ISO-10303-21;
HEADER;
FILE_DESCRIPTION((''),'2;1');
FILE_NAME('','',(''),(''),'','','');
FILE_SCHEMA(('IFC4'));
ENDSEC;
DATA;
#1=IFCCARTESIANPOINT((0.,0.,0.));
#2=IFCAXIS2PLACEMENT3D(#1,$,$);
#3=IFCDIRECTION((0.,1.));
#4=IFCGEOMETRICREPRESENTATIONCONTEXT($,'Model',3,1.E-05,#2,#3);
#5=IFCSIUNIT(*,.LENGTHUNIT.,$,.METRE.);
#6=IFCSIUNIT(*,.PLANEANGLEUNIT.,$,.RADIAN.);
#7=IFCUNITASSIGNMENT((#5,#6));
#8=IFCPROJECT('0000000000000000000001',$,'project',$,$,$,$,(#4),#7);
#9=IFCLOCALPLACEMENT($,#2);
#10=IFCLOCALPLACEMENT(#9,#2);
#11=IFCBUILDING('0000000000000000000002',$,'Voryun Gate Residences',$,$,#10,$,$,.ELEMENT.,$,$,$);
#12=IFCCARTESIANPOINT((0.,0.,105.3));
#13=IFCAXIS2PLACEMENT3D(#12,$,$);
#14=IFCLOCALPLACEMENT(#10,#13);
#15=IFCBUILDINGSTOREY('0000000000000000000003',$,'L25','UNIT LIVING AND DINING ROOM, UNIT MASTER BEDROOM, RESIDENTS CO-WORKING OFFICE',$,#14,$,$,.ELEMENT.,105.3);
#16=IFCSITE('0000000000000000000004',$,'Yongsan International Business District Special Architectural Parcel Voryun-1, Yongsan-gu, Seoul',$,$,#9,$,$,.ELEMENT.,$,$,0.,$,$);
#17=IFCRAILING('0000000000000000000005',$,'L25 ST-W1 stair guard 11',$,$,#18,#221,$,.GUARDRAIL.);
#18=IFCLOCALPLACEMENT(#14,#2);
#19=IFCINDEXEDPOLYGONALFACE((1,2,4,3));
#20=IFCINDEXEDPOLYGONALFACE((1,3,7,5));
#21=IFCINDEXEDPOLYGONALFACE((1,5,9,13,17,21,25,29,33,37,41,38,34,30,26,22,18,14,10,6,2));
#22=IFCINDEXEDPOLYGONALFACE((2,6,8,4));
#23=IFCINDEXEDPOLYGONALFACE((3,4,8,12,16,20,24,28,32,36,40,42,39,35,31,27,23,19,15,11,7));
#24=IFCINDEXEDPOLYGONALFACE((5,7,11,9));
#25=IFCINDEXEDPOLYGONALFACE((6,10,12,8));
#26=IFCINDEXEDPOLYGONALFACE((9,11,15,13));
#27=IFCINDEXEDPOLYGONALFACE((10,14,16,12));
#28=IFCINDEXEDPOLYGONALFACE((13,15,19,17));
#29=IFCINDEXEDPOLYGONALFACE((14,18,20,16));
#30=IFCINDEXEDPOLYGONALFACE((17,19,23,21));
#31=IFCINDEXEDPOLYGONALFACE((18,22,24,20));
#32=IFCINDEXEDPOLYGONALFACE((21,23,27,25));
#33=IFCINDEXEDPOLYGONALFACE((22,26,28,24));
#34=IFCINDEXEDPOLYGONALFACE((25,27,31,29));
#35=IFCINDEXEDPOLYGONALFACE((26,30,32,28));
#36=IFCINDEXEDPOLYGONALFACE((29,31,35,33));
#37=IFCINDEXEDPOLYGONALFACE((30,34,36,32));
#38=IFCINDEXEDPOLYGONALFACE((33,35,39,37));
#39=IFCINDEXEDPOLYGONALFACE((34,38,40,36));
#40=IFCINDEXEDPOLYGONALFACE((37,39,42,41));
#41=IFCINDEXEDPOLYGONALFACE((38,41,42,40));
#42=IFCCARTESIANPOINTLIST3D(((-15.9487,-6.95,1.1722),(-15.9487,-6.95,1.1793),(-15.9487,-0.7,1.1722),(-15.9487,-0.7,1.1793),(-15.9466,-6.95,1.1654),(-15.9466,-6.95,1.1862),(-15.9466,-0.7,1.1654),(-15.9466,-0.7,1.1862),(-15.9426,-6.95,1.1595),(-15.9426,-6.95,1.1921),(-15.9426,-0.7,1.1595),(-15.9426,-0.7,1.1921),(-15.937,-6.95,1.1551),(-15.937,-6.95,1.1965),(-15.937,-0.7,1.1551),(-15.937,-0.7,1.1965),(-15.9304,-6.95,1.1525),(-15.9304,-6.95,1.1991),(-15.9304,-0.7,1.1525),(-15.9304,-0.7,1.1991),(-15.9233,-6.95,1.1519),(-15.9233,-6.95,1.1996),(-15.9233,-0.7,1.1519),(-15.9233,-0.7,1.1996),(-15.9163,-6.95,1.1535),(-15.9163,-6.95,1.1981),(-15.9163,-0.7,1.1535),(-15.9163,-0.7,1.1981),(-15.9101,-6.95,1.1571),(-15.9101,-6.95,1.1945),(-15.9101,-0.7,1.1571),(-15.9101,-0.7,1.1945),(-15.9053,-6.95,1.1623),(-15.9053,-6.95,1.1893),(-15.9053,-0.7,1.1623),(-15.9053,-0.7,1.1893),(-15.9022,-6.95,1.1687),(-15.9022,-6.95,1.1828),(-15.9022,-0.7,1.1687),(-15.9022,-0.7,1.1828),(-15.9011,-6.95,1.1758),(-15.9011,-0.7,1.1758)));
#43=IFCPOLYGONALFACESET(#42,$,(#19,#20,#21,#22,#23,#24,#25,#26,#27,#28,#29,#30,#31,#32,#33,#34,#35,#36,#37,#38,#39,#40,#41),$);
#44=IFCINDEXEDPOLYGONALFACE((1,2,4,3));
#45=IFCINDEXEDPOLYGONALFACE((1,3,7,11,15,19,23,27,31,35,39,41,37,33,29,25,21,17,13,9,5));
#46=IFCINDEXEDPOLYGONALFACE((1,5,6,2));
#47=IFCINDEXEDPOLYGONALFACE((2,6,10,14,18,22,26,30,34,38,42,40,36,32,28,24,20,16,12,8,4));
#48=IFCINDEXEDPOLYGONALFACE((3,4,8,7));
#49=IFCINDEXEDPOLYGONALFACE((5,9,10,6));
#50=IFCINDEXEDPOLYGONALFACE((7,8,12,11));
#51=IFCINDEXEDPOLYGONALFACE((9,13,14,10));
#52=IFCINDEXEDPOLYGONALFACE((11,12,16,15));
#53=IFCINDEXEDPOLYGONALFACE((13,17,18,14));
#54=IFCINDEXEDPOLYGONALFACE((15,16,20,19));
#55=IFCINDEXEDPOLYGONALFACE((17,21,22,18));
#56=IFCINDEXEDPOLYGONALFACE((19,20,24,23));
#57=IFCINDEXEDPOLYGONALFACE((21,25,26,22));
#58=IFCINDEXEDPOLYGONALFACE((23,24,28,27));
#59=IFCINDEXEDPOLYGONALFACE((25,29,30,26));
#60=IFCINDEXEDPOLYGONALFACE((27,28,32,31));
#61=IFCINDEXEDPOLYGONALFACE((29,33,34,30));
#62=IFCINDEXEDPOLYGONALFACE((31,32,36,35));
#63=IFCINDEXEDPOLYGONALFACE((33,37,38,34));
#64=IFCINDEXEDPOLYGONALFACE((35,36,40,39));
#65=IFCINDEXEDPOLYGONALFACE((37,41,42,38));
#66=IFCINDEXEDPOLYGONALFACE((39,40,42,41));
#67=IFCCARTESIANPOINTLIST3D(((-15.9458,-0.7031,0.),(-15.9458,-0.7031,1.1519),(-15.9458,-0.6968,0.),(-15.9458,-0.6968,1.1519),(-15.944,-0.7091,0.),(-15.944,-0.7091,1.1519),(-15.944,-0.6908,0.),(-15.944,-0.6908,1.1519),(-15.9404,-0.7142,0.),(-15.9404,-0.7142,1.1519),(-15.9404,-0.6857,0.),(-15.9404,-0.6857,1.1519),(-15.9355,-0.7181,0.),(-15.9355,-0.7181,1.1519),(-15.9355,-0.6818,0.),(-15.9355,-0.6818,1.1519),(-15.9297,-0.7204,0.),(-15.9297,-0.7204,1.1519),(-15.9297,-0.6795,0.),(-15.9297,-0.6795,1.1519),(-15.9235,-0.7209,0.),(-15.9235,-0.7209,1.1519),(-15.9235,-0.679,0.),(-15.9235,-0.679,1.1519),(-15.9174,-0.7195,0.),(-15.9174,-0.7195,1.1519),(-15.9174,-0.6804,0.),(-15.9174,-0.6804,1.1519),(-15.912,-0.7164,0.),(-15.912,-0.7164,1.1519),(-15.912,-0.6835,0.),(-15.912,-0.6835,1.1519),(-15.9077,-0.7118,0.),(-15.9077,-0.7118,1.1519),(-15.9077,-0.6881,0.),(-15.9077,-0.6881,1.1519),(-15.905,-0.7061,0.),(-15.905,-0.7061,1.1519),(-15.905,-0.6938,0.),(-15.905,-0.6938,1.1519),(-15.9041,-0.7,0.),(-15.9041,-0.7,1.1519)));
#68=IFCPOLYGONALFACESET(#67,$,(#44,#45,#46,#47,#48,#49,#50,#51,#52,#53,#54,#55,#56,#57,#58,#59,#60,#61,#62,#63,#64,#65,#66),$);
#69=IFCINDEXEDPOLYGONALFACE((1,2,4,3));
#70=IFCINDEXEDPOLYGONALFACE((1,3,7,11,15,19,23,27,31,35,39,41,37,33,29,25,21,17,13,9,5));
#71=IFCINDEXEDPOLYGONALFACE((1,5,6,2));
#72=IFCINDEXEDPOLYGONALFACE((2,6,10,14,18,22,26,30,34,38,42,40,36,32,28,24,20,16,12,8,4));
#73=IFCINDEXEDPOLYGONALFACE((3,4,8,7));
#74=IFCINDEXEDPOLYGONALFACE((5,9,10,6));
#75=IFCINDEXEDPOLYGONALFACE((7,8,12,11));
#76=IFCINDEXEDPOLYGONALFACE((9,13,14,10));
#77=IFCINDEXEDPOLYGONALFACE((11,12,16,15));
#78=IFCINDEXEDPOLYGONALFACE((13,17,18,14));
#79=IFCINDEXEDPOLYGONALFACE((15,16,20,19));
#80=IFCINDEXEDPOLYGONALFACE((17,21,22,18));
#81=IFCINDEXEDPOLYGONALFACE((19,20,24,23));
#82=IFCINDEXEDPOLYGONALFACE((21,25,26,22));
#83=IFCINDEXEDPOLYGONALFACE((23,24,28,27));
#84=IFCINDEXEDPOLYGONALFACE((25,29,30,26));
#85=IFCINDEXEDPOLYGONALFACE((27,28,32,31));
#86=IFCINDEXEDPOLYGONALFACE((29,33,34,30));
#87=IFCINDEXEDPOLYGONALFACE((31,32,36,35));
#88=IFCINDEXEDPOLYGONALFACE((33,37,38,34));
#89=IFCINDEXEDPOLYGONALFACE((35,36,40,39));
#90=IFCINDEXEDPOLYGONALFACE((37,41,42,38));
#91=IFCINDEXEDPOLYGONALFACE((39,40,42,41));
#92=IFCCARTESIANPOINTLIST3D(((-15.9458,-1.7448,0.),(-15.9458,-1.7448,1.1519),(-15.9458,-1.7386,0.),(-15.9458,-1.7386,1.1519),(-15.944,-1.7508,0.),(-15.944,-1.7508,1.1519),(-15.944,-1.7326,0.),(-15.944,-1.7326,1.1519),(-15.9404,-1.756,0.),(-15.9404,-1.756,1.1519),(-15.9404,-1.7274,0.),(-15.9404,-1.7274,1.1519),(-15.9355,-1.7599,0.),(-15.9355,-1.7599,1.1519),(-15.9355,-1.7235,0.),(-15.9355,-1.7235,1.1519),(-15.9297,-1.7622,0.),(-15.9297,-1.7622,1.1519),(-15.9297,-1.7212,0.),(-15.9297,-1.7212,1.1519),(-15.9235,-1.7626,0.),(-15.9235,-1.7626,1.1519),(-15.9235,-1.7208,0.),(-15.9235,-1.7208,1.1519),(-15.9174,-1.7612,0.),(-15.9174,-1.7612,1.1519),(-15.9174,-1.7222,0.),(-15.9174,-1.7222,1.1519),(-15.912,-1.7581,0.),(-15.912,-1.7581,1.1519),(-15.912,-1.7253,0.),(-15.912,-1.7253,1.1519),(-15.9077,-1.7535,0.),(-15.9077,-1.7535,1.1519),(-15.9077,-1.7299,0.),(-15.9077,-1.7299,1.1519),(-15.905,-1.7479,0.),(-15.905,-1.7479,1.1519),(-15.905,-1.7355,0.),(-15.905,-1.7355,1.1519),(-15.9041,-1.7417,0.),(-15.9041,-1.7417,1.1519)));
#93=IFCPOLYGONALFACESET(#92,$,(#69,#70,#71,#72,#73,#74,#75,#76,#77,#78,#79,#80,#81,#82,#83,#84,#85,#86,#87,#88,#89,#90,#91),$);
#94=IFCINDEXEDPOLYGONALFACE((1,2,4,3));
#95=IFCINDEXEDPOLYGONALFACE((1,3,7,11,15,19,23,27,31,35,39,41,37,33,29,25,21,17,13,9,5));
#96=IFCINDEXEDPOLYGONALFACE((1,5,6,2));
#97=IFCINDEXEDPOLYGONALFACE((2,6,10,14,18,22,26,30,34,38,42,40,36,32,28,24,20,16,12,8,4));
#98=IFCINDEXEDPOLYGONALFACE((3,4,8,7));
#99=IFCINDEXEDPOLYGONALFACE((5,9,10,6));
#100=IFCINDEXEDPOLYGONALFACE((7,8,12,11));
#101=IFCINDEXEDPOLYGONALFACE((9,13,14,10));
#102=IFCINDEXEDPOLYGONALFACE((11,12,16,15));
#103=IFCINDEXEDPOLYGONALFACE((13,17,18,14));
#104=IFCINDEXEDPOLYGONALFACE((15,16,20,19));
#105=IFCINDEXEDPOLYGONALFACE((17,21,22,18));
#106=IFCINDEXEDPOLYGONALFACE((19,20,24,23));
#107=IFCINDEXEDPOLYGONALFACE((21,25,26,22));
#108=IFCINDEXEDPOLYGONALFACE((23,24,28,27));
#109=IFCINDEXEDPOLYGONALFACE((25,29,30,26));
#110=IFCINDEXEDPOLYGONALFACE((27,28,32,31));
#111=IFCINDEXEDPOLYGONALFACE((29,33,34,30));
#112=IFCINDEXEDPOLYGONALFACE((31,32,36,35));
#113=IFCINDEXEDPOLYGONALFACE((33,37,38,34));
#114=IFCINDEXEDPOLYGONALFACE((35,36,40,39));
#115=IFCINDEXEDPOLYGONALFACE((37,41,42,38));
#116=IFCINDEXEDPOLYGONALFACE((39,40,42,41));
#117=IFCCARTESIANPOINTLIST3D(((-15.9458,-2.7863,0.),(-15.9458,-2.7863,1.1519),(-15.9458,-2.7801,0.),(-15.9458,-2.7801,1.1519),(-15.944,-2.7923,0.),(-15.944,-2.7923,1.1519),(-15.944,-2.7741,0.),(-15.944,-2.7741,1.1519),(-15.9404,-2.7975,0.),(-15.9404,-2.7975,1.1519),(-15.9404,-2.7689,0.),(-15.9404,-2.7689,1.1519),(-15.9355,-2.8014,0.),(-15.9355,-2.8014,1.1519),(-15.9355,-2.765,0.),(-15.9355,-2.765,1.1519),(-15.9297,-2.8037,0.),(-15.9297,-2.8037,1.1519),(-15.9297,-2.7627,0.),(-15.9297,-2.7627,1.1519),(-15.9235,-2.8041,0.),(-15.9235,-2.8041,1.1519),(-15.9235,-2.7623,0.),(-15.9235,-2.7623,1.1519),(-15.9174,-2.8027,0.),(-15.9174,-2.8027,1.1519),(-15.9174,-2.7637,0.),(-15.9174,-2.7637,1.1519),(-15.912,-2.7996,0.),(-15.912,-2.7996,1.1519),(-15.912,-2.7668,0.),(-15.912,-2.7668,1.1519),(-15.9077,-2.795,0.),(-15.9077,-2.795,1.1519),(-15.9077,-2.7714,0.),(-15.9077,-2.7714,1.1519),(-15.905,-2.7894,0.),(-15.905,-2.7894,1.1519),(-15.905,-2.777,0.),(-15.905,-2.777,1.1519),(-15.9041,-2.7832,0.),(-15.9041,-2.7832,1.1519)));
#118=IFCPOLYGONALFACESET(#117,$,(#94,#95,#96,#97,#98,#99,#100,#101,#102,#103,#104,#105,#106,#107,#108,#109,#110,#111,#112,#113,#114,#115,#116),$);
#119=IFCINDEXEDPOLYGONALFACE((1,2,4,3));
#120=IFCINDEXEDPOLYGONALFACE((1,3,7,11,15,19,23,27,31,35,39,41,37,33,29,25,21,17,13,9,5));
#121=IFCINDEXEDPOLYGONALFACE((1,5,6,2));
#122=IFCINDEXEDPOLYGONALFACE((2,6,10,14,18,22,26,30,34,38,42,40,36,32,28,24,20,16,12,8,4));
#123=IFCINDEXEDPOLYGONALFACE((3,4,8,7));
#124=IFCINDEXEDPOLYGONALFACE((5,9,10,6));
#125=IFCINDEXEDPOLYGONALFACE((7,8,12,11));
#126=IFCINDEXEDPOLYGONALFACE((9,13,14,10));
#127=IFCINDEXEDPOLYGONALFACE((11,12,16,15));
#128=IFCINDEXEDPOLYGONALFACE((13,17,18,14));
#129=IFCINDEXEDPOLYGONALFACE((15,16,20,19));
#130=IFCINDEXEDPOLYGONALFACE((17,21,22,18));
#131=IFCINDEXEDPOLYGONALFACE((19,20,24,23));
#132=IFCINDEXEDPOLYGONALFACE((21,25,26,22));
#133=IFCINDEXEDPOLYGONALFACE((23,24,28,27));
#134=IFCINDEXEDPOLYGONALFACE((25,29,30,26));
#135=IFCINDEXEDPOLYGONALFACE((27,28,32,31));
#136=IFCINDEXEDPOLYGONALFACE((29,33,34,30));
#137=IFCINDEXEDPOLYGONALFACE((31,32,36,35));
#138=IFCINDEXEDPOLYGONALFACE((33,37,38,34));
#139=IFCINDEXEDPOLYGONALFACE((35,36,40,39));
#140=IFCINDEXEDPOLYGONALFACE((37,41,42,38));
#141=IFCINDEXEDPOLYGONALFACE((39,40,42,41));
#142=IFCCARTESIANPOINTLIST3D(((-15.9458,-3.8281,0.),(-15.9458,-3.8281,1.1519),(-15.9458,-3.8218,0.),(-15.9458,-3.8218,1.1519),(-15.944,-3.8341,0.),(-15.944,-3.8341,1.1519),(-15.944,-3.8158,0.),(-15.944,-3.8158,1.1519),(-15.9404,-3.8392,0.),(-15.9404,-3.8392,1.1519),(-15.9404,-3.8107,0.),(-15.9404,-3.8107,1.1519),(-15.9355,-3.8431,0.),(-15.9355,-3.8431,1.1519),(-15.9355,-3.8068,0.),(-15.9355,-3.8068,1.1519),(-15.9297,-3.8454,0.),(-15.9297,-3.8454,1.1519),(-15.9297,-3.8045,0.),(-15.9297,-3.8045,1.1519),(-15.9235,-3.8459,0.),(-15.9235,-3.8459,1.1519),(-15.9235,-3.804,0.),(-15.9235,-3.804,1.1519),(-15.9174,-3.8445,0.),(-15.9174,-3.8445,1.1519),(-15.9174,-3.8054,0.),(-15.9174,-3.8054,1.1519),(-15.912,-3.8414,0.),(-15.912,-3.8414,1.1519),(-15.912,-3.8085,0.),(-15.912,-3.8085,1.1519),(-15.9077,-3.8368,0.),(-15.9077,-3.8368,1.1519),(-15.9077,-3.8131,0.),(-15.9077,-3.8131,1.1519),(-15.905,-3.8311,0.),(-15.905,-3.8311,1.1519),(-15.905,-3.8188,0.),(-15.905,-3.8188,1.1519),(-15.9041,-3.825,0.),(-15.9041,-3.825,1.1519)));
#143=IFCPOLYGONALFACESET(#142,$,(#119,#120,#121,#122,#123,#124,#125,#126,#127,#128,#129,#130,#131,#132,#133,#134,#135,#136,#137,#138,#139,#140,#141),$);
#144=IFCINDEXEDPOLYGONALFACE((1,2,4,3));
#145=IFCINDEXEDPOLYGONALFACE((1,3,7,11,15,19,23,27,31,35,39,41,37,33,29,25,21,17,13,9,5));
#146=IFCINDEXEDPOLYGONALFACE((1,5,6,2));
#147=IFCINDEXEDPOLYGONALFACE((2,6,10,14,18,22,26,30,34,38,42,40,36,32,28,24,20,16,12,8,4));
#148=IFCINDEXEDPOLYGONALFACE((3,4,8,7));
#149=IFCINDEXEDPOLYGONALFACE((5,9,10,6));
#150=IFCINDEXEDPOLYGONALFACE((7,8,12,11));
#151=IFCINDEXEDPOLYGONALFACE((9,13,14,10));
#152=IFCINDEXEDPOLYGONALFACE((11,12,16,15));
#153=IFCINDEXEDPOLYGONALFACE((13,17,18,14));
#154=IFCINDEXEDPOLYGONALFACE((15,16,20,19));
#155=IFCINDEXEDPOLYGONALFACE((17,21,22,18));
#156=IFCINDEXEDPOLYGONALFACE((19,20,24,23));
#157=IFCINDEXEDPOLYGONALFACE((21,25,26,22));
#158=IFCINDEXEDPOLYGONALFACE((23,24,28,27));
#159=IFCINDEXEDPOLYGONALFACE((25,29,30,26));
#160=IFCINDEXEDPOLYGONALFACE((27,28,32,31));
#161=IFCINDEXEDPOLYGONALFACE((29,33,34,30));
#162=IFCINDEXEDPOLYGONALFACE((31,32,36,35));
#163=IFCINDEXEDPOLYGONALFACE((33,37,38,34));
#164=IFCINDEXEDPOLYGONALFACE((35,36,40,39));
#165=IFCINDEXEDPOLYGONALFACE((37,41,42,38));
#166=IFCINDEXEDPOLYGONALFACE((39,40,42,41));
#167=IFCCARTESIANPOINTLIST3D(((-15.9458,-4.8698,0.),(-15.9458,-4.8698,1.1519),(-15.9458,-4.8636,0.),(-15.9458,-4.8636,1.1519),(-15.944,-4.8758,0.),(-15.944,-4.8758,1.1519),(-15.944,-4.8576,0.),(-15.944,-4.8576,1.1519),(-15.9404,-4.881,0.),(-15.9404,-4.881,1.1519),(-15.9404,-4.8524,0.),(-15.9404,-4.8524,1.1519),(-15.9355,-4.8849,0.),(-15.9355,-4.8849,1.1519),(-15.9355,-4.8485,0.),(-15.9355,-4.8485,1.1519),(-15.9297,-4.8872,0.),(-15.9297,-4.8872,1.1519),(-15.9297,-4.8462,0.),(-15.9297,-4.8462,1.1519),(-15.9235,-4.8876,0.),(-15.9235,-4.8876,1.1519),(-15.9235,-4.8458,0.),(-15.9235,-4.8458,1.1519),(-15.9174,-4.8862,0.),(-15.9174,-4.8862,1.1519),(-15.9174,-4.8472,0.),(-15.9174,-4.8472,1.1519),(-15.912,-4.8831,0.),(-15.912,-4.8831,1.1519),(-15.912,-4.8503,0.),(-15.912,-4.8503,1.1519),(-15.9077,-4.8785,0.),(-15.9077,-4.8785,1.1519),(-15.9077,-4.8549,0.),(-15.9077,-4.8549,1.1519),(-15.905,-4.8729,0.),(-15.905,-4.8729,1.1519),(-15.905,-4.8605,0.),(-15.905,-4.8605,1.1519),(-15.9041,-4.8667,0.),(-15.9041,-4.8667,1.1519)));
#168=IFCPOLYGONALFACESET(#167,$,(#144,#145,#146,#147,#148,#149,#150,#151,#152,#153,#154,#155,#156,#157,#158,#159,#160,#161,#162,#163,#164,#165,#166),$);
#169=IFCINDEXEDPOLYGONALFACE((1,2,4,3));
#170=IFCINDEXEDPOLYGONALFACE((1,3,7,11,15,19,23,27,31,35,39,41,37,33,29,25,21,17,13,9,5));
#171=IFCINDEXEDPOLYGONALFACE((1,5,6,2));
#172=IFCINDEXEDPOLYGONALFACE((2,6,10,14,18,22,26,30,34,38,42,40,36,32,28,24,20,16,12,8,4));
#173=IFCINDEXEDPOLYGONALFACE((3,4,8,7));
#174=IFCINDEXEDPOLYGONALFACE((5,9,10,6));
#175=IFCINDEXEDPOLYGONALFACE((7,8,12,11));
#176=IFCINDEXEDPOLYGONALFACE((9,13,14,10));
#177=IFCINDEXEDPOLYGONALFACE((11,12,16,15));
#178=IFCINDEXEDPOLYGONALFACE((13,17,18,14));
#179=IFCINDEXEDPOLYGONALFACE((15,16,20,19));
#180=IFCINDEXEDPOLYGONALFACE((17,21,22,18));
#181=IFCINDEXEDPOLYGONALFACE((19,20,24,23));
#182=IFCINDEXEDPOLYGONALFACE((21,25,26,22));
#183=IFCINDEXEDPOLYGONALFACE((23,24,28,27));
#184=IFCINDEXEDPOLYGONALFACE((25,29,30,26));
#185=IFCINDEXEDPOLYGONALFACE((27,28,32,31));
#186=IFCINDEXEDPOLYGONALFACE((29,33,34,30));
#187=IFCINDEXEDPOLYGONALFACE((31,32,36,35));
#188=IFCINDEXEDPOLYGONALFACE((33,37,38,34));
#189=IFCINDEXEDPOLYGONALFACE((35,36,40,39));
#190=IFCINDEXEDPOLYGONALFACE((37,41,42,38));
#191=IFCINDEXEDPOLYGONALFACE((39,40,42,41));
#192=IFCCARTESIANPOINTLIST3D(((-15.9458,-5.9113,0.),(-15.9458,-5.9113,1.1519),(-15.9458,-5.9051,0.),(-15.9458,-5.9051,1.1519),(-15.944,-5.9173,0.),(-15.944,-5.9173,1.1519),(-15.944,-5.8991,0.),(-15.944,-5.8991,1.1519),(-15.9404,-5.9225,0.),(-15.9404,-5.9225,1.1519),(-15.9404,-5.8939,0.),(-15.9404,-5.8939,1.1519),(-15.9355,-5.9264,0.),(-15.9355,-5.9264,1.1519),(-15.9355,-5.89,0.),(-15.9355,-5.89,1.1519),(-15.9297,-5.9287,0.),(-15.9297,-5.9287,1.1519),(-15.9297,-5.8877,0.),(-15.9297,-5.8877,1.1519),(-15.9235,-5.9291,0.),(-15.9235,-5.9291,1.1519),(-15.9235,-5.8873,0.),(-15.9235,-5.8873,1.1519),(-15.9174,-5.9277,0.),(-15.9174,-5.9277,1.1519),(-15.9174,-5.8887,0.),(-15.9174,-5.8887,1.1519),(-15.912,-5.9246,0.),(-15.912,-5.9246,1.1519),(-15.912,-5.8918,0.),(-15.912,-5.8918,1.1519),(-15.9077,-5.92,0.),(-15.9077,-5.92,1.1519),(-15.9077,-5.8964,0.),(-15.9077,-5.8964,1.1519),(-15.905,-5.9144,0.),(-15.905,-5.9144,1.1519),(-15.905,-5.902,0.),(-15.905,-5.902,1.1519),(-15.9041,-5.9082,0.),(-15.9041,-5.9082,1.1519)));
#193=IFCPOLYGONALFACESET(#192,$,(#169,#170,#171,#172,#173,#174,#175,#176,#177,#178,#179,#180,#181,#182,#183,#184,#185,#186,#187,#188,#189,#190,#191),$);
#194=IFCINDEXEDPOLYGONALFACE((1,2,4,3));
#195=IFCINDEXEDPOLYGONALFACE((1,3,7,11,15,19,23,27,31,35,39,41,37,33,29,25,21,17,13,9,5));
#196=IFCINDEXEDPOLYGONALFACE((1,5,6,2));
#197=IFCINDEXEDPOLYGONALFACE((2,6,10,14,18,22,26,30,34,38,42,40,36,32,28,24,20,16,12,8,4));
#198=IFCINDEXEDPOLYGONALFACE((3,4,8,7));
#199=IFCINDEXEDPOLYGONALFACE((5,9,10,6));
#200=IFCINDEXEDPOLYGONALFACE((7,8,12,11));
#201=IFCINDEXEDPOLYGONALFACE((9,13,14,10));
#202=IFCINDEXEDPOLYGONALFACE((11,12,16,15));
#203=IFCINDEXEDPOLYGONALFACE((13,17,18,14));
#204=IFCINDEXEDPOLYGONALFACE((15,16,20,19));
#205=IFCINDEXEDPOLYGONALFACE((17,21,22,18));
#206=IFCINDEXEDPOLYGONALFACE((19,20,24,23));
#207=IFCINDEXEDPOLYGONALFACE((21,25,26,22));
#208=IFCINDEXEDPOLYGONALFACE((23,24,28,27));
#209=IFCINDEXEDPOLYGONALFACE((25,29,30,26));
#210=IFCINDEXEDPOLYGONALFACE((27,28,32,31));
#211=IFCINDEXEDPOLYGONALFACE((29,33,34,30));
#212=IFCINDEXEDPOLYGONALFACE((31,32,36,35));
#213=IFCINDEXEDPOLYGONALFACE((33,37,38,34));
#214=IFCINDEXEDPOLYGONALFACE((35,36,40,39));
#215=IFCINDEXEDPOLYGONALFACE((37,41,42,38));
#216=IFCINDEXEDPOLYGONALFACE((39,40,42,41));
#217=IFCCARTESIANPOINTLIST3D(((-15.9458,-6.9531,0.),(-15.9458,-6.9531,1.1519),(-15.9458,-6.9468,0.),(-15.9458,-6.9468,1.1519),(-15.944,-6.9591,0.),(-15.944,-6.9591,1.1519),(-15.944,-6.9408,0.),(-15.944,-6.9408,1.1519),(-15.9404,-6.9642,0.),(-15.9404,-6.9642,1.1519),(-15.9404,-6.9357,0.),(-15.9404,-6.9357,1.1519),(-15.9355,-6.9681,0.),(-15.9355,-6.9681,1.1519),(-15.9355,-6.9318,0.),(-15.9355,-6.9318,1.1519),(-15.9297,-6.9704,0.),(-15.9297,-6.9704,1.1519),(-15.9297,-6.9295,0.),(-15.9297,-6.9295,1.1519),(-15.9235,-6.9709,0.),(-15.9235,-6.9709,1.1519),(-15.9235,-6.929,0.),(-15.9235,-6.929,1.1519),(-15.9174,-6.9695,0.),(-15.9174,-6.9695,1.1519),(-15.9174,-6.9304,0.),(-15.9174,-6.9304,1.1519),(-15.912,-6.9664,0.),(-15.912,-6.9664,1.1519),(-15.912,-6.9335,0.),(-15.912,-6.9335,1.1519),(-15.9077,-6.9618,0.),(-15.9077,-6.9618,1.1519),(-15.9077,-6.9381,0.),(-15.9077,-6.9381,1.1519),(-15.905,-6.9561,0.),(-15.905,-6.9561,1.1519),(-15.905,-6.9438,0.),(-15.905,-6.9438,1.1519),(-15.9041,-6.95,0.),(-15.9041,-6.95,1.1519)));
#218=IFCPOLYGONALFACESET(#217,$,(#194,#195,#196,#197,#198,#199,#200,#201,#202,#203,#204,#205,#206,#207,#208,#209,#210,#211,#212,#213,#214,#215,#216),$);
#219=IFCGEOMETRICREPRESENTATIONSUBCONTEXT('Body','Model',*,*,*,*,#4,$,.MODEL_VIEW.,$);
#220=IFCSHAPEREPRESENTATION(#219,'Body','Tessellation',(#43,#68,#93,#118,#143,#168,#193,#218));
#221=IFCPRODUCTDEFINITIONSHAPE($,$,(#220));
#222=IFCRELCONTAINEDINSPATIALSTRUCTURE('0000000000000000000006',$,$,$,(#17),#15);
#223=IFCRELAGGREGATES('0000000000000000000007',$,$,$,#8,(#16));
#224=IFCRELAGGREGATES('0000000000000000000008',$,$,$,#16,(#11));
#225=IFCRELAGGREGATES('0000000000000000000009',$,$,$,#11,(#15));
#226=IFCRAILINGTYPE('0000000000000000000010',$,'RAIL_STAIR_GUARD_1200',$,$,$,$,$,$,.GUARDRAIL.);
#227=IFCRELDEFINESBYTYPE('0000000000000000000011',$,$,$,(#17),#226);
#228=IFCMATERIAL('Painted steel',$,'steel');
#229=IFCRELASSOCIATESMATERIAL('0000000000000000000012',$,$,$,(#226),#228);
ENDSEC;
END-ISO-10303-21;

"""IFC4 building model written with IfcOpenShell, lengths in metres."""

from ifc_helpers import new_model, si_unit, direction, frame, origin, origin_2d, place, context, subcontext, project, spatial, circle, extrude, material, type_object, element, save


model = new_model("IFC4")

# Units and contexts
model_context = context("Model", 3, precision=1e-05, world=origin(), true_north=direction((0.0, 1.0)))
body_context = subcontext(model_context, "Body", "Model", "MODEL_VIEW")
ifc_project = project(units=[si_unit("LENGTHUNIT", "METRE"), si_unit("PLANEANGLEUNIT", "RADIAN")], contexts=[model_context])

# Site, building, storey
site_placement = place(None, origin())
site = spatial("IfcSite", under=ifc_project, at=site_placement, Name="Yongsan International Business District Special Architectural Parcel Voryun-1, Yongsan-gu, Seoul", CompositionType="ELEMENT", RefElevation=0.0)
building_placement = place(site_placement, origin())
building = spatial("IfcBuilding", under=site, at=building_placement, Name="Voryun Gate Residences", CompositionType="ELEMENT")
storey_placement = place(building_placement, frame((0.0, 0.0, 105.3)))
storey = spatial("IfcBuildingStorey", under=building, at=storey_placement, Name="L25", Description="UNIT LIVING AND DINING ROOM, UNIT MASTER BEDROOM, RESIDENTS CO-WORKING OFFICE", CompositionType="ELEMENT", Elevation=105.3)

# Railing
ifc_material_1 = material(Name="Painted steel", Category="steel")
railing_type = type_object("IfcRailingType", Name="RAIL_STAIR_GUARD_1200", PredefinedType="GUARDRAIL", material=ifc_material_1)
railing_1_placement = place(storey_placement, frame((-15.925, -0.7, 0.0)))
element("IfcRailing", 1, at=railing_1_placement, inside=storey, type_object=railing_type, Name="L25 ST-W1 stair guard 11", PredefinedType="GUARDRAIL", context=body_context, shape_type="SweptSolid", body=[
    extrude(circle(Radius=0.0239, at=origin_2d()), frame((0.0, 0.0, 1.1758), z_axis=(0.0, -1.0, 0.0), x_axis=(1.0, 0.0, 0.0)), (0.0, 0.0, 1.0), 6.25),
    extrude(circle(Radius=0.021, at=origin_2d()), origin(), (0.0, 0.0, 1.0), 1.1519),
    extrude(circle(Radius=0.021, at=origin_2d()), frame((0.0, -1.0417, 0.0)), (0.0, 0.0, 1.0), 1.1519),
    extrude(circle(Radius=0.021, at=origin_2d()), frame((0.0, -2.0833, 0.0)), (0.0, 0.0, 1.0), 1.1519),
    extrude(circle(Radius=0.021, at=origin_2d()), frame((0.0, -3.125, 0.0)), (0.0, 0.0, 1.0), 1.1519),
    extrude(circle(Radius=0.021, at=origin_2d()), frame((0.0, -4.1667, 0.0)), (0.0, 0.0, 1.0), 1.1519),
    extrude(circle(Radius=0.021, at=origin_2d()), frame((0.0, -5.2083, 0.0)), (0.0, 0.0, 1.0), 1.1519),
    extrude(circle(Radius=0.021, at=origin_2d()), frame((0.0, -6.25, 0.0)), (0.0, 0.0, 1.0), 1.1519),
])

save(model, "model.ifc")
